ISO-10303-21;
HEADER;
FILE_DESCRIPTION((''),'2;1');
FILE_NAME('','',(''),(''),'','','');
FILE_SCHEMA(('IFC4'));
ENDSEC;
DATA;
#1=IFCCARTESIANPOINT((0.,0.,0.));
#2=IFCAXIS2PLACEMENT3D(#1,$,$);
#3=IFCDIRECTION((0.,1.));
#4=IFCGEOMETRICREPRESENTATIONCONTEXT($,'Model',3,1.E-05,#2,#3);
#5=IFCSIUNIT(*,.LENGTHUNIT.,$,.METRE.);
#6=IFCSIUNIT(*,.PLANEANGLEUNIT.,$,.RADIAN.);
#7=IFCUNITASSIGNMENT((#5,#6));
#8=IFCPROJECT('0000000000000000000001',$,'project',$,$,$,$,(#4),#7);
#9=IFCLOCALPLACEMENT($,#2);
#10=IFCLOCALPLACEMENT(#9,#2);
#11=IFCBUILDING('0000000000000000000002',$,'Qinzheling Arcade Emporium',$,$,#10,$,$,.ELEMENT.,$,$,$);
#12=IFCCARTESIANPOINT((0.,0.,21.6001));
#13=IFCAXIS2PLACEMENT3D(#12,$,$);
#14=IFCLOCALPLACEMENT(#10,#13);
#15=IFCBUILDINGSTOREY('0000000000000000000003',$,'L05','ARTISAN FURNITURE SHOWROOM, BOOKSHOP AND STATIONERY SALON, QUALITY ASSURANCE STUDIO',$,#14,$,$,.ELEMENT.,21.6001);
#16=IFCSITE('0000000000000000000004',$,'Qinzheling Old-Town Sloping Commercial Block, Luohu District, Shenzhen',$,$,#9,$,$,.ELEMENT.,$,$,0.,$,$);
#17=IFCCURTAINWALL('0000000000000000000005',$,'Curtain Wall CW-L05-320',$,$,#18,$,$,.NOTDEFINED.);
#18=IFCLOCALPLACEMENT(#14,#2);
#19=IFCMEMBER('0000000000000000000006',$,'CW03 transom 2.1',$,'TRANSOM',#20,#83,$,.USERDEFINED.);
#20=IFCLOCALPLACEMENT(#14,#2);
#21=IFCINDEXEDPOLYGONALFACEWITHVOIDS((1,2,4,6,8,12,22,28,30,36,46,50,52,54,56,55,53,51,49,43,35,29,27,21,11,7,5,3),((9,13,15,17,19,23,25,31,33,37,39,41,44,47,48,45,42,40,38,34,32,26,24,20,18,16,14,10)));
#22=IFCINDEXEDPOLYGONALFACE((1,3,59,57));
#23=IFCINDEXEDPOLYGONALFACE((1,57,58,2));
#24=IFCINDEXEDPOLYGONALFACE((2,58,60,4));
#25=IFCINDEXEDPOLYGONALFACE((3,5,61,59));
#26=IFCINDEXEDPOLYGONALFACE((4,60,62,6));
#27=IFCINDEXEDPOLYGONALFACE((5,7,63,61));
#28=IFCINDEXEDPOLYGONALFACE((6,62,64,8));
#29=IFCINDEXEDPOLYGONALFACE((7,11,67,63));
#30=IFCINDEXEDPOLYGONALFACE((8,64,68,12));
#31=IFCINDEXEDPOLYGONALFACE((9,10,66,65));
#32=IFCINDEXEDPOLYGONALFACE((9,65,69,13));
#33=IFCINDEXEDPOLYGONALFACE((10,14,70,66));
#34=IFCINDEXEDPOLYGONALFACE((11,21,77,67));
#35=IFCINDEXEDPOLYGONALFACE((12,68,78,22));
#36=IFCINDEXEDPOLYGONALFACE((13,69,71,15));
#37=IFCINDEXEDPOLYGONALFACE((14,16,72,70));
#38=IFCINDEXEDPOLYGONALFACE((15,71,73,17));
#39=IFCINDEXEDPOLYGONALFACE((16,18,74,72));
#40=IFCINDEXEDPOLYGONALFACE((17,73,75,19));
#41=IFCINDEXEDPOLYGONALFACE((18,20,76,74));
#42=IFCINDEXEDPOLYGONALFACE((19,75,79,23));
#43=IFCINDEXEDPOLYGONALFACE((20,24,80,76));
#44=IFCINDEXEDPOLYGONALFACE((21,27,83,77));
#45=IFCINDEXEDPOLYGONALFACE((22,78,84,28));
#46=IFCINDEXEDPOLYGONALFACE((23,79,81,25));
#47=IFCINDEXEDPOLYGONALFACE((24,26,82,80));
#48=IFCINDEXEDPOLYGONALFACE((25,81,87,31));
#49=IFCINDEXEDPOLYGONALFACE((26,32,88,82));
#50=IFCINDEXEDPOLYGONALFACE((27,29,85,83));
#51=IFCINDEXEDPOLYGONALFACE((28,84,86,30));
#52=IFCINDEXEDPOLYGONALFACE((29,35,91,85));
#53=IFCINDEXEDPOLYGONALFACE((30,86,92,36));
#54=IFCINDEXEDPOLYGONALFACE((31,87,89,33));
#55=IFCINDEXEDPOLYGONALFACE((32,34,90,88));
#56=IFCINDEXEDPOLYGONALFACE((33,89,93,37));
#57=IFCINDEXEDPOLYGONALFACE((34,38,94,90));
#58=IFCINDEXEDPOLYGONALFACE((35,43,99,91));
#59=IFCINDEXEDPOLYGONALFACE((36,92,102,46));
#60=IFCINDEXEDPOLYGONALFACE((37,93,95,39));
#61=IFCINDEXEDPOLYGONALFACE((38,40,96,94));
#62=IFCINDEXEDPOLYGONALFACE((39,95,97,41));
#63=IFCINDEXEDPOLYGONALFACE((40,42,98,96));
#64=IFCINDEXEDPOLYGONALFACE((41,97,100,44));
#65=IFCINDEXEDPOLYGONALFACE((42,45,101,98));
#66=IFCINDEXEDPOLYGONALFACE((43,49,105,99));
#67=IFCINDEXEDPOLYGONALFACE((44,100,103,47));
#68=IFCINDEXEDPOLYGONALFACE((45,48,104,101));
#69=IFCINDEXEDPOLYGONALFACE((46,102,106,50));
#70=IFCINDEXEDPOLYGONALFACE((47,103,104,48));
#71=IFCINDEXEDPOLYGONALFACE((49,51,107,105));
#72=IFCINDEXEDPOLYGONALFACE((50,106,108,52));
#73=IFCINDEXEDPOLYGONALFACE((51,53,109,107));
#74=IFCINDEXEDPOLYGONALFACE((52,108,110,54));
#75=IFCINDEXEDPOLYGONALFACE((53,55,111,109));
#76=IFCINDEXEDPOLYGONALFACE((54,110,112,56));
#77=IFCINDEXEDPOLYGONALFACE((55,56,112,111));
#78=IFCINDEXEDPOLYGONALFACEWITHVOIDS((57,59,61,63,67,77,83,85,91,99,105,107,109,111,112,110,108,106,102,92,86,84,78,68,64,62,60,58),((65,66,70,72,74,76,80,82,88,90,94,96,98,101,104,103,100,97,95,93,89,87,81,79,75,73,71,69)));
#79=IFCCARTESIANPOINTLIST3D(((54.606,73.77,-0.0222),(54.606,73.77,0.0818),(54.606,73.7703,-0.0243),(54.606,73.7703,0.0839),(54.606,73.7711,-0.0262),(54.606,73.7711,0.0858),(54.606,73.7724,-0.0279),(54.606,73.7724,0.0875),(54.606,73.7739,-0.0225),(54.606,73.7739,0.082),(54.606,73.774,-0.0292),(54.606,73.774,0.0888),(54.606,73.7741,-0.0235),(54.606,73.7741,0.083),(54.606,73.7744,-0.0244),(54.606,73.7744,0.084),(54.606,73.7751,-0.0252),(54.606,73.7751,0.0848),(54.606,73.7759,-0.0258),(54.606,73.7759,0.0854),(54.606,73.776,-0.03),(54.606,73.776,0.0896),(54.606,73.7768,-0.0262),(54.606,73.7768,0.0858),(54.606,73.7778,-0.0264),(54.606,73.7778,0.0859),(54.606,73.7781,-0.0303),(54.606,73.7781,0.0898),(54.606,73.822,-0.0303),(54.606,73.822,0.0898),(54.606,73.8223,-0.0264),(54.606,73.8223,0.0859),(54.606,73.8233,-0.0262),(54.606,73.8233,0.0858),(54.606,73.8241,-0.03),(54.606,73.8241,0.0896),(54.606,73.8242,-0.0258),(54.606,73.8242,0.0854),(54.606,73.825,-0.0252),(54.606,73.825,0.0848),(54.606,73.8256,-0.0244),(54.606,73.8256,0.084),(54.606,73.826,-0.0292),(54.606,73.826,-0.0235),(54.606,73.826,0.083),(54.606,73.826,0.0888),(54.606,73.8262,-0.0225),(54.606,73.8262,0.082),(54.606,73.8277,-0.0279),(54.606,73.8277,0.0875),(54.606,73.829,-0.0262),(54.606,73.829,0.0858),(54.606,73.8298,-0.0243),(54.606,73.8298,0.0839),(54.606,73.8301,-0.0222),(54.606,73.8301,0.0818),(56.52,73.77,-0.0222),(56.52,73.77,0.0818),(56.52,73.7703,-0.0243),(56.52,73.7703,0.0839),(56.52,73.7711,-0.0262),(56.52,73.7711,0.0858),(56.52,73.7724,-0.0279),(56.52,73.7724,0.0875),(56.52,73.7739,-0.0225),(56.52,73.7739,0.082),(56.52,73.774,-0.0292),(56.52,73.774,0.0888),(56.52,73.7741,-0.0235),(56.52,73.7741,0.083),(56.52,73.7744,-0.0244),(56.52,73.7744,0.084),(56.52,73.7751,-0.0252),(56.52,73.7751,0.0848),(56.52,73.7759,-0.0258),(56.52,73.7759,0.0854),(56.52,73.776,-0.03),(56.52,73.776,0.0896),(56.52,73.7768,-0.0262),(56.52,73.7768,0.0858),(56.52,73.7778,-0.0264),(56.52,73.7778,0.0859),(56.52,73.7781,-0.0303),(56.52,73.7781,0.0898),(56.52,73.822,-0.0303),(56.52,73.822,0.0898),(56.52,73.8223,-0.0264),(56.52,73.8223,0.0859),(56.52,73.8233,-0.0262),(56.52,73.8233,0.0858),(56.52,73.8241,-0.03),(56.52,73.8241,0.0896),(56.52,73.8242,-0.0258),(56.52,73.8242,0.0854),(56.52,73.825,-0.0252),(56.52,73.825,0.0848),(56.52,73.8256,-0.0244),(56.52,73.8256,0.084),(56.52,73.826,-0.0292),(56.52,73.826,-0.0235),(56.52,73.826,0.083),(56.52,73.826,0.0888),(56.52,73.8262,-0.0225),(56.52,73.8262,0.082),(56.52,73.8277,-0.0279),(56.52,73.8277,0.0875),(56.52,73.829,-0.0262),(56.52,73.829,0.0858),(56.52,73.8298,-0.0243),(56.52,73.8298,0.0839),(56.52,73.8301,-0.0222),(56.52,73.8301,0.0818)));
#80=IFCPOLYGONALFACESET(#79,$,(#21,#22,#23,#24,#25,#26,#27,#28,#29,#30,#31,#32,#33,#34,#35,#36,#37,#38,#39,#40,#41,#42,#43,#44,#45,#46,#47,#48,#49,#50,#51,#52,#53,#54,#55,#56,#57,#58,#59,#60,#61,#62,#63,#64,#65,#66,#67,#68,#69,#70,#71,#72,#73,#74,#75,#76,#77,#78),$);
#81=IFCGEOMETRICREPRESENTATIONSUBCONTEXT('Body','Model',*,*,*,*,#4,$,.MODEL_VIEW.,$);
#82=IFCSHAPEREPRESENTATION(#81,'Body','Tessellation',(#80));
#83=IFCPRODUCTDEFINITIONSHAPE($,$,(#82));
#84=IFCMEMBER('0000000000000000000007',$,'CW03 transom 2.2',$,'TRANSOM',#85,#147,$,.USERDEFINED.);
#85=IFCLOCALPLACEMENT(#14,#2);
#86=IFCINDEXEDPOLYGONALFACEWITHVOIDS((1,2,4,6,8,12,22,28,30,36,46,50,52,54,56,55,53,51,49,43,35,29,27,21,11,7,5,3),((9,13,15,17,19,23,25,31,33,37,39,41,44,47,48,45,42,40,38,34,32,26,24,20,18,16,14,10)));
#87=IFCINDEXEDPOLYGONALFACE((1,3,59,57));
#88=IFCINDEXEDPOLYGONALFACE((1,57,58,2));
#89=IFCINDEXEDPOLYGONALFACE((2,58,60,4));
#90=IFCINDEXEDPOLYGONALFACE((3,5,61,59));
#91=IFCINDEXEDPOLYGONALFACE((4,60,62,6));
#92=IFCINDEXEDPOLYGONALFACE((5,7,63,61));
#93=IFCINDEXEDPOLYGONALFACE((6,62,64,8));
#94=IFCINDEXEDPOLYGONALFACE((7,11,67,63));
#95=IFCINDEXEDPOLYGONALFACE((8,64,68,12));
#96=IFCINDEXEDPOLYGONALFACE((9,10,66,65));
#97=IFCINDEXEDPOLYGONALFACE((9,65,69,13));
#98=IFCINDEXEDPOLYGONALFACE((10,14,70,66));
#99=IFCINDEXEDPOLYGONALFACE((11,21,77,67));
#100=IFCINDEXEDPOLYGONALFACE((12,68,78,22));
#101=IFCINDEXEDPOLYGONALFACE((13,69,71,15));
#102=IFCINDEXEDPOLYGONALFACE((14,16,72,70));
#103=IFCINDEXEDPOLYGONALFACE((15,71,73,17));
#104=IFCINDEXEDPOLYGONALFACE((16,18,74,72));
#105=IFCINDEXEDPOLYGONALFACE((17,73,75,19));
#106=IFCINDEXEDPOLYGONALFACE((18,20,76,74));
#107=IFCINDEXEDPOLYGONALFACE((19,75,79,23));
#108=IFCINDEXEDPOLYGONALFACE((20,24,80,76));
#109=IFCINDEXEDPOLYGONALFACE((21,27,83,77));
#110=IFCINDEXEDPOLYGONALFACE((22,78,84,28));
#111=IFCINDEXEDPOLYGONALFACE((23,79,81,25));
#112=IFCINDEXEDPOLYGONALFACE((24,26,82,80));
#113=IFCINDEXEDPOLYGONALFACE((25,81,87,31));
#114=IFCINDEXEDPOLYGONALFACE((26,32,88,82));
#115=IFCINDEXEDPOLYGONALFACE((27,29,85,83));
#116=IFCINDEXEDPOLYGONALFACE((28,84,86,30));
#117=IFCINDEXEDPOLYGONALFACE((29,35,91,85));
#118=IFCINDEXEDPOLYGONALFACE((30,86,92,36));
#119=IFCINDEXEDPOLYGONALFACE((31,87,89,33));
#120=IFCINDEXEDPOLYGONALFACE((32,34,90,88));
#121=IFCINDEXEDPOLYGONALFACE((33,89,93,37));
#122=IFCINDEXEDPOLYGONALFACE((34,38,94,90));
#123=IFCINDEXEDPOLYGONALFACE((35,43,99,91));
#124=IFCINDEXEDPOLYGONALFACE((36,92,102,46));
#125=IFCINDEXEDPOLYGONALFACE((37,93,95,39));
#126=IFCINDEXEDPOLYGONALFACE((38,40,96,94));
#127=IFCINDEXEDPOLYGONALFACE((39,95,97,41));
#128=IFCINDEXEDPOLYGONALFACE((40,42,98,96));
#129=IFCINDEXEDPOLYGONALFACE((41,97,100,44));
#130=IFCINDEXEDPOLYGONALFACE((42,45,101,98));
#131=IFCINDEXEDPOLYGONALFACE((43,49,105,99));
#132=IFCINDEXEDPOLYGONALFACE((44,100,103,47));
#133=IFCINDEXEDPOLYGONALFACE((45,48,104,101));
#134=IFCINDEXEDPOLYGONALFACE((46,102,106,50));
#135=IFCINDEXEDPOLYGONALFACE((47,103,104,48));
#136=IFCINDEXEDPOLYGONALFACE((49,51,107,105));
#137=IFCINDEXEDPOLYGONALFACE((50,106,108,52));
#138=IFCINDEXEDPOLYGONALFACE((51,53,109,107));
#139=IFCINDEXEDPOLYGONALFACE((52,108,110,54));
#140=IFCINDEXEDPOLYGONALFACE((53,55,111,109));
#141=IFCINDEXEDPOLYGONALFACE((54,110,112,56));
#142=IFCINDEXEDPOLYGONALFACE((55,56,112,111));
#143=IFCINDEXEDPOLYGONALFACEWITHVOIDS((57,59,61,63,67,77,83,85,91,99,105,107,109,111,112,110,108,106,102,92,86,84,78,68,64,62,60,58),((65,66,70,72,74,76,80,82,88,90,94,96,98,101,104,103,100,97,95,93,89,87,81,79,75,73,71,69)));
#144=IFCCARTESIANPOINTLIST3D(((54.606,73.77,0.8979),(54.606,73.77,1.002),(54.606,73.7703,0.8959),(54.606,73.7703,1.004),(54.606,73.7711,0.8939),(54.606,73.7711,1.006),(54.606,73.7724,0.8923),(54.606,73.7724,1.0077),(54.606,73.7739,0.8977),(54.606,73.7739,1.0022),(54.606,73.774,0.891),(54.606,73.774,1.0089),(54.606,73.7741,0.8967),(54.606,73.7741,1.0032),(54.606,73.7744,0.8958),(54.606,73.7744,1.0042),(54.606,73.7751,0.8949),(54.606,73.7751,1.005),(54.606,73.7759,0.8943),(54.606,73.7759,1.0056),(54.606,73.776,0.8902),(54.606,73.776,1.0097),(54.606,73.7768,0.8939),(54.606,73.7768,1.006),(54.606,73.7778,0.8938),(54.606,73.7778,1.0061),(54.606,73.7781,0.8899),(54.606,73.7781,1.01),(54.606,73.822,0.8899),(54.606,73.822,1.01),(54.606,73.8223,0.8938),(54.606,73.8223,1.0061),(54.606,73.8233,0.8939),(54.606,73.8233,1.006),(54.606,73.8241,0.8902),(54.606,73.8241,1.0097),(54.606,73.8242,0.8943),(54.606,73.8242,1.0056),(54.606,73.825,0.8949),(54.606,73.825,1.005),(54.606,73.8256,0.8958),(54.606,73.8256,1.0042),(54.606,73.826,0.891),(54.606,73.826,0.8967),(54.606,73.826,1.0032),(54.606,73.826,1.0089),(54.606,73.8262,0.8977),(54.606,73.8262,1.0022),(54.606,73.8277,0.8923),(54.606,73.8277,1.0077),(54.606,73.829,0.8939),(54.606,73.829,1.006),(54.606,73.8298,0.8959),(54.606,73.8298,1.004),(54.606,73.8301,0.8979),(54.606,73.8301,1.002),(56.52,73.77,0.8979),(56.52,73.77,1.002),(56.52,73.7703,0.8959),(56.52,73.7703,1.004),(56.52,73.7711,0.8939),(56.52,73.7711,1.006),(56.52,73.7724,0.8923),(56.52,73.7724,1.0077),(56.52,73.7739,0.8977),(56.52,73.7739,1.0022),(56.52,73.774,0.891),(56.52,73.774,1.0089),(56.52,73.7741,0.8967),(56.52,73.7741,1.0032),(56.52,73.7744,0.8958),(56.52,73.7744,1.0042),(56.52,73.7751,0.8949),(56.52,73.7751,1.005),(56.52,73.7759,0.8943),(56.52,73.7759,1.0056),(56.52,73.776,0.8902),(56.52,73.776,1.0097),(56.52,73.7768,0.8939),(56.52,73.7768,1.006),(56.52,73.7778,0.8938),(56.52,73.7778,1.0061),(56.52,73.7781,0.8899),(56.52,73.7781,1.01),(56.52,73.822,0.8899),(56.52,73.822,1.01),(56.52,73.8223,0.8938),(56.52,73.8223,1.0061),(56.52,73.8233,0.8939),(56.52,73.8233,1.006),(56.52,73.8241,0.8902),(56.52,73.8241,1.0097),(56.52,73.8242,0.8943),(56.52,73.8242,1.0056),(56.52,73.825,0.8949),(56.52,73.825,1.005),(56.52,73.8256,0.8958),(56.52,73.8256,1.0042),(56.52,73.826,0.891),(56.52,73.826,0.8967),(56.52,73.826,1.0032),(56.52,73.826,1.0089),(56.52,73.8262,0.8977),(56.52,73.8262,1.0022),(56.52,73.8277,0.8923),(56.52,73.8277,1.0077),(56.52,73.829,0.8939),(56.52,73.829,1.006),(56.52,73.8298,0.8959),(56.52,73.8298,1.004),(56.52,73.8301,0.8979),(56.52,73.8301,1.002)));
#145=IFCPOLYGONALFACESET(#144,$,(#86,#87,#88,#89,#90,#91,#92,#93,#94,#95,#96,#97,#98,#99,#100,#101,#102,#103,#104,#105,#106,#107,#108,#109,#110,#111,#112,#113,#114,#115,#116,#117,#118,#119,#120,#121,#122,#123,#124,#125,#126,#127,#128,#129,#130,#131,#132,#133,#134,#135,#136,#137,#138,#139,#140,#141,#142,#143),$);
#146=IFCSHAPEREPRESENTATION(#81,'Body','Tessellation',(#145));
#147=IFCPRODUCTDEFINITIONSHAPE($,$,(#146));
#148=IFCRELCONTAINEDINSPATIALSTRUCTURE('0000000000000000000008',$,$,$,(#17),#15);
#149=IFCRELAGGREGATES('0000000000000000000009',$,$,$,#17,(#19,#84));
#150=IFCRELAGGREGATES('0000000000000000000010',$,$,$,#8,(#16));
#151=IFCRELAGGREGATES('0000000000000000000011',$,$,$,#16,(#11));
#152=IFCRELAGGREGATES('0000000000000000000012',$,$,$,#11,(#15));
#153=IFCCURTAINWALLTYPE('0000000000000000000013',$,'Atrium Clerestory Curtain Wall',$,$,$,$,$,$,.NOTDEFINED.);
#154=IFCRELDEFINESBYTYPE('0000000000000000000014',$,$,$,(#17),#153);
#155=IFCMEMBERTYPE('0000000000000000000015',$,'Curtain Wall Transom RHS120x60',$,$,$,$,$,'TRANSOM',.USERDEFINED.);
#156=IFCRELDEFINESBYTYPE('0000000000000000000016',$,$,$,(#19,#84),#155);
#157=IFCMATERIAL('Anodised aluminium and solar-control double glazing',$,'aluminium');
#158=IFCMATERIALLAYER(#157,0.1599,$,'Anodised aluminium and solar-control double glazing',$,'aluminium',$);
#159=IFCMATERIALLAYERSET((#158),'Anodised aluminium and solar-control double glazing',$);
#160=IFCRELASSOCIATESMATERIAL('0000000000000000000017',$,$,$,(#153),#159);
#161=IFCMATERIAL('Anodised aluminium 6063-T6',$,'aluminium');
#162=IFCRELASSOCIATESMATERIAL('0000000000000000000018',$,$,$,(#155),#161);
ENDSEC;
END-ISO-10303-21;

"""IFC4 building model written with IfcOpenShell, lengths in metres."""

from ifc_helpers import new_model, si_unit, direction, frame, origin, origin_2d, place, context, subcontext, project, spatial, hollow_rectangle, extrude, material, layer, layer_set, material_profile, profile_set, type_object, element, aggregate, save


model = new_model("IFC4")

# Units and contexts
model_context = context("Model", 3, precision=1e-05, world=origin(), true_north=direction((0.0, 1.0)))
body_context = subcontext(model_context, "Body", "Model", "MODEL_VIEW")
ifc_project = project(units=[si_unit("LENGTHUNIT", "METRE"), si_unit("PLANEANGLEUNIT", "RADIAN")], contexts=[model_context])

# Site, building, storey
site_placement = place(None, origin())
site = spatial("IfcSite", under=ifc_project, at=site_placement, Name="Qinzheling Old-Town Sloping Commercial Block, Luohu District, Shenzhen", CompositionType="ELEMENT", RefElevation=0.0)
building_placement = place(site_placement, origin())
building = spatial("IfcBuilding", under=site, at=building_placement, Name="Qinzheling Arcade Emporium", CompositionType="ELEMENT")
storey_placement = place(building_placement, frame((0.0, 0.0, 21.6001)))
storey = spatial("IfcBuildingStorey", under=building, at=storey_placement, Name="L05", Description="ARTISAN FURNITURE SHOWROOM, BOOKSHOP AND STATIONERY SALON, QUALITY ASSURANCE STUDIO", CompositionType="ELEMENT", Elevation=21.6001)

# Curtain wall, members
ifc_material_1 = material(Name="Anodised aluminium and solar-control double glazing", Category="aluminium")
ifc_layer_1 = layer(ifc_material_1, 0.1599, Name="Anodised aluminium and solar-control double glazing", Category="aluminium")
ifc_layer_set_1 = layer_set([ifc_layer_1], Name="Anodised aluminium and solar-control double glazing")
curtain_wall_type = type_object("IfcCurtainWallType", Name="Atrium Clerestory Curtain Wall", PredefinedType="NOTDEFINED", material=ifc_layer_set_1)
curtain_wall_placement = place(storey_placement, origin())
curtain_wall = element("IfcCurtainWall", 1, at=curtain_wall_placement, inside=storey, type_object=curtain_wall_type, Name="Curtain Wall CW-L05-320", PredefinedType="NOTDEFINED")
ifc_material_2 = material(Name="Anodised aluminium 6063-T6", Category="aluminium")
ifc_material_profile_1 = material_profile(ifc_material_2, hollow_rectangle(XDim=0.0601, YDim=0.1201, WallThickness=0.0039, InnerFilletRadius=0.0039, OuterFilletRadius=0.0081, at=origin_2d()), Name="RHS 120x60x4", Category="aluminium")
ifc_profile_set_1 = profile_set([ifc_material_profile_1], Name="Anodised aluminium 6063-T6")
member_type_1 = type_object("IfcMemberType", Name="Curtain Wall Transom RHS120x60", ElementType="TRANSOM", PredefinedType="USERDEFINED", material=ifc_profile_set_1)
member_1_placement = place(storey_placement, frame((54.606, 73.8, 0.0298), z_axis=(1.0, 0.0, 0.0), x_axis=(0.0, 1.0, 0.0)))
member_1 = element("IfcMember", 2, at=member_1_placement, type_object=member_type_1, Name="CW03 transom 2.1", ObjectType="TRANSOM", PredefinedType="USERDEFINED", context=body_context, shape_type="SweptSolid", body=[
    extrude(hollow_rectangle(XDim=0.0601, YDim=0.1201, WallThickness=0.0039, InnerFilletRadius=0.0039, OuterFilletRadius=0.0081, at=origin_2d()), origin(), (0.0, 0.0, 1.0), 1.9141),
])
member_2_placement = place(storey_placement, frame((54.606, 73.8, 0.95), z_axis=(1.0, 0.0, 0.0), x_axis=(0.0, 1.0, 0.0)))
member_2 = element("IfcMember", 3, at=member_2_placement, type_object=member_type_1, Name="CW03 transom 2.2", ObjectType="TRANSOM", PredefinedType="USERDEFINED", context=body_context, shape_type="SweptSolid", body=[
    extrude(hollow_rectangle(XDim=0.0601, YDim=0.1201, WallThickness=0.0039, InnerFilletRadius=0.0039, OuterFilletRadius=0.0081, at=origin_2d()), origin(), (0.0, 0.0, 1.0), 1.9141),
])

aggregate(curtain_wall, [member_1, member_2])

save(model, "model.ifc")
